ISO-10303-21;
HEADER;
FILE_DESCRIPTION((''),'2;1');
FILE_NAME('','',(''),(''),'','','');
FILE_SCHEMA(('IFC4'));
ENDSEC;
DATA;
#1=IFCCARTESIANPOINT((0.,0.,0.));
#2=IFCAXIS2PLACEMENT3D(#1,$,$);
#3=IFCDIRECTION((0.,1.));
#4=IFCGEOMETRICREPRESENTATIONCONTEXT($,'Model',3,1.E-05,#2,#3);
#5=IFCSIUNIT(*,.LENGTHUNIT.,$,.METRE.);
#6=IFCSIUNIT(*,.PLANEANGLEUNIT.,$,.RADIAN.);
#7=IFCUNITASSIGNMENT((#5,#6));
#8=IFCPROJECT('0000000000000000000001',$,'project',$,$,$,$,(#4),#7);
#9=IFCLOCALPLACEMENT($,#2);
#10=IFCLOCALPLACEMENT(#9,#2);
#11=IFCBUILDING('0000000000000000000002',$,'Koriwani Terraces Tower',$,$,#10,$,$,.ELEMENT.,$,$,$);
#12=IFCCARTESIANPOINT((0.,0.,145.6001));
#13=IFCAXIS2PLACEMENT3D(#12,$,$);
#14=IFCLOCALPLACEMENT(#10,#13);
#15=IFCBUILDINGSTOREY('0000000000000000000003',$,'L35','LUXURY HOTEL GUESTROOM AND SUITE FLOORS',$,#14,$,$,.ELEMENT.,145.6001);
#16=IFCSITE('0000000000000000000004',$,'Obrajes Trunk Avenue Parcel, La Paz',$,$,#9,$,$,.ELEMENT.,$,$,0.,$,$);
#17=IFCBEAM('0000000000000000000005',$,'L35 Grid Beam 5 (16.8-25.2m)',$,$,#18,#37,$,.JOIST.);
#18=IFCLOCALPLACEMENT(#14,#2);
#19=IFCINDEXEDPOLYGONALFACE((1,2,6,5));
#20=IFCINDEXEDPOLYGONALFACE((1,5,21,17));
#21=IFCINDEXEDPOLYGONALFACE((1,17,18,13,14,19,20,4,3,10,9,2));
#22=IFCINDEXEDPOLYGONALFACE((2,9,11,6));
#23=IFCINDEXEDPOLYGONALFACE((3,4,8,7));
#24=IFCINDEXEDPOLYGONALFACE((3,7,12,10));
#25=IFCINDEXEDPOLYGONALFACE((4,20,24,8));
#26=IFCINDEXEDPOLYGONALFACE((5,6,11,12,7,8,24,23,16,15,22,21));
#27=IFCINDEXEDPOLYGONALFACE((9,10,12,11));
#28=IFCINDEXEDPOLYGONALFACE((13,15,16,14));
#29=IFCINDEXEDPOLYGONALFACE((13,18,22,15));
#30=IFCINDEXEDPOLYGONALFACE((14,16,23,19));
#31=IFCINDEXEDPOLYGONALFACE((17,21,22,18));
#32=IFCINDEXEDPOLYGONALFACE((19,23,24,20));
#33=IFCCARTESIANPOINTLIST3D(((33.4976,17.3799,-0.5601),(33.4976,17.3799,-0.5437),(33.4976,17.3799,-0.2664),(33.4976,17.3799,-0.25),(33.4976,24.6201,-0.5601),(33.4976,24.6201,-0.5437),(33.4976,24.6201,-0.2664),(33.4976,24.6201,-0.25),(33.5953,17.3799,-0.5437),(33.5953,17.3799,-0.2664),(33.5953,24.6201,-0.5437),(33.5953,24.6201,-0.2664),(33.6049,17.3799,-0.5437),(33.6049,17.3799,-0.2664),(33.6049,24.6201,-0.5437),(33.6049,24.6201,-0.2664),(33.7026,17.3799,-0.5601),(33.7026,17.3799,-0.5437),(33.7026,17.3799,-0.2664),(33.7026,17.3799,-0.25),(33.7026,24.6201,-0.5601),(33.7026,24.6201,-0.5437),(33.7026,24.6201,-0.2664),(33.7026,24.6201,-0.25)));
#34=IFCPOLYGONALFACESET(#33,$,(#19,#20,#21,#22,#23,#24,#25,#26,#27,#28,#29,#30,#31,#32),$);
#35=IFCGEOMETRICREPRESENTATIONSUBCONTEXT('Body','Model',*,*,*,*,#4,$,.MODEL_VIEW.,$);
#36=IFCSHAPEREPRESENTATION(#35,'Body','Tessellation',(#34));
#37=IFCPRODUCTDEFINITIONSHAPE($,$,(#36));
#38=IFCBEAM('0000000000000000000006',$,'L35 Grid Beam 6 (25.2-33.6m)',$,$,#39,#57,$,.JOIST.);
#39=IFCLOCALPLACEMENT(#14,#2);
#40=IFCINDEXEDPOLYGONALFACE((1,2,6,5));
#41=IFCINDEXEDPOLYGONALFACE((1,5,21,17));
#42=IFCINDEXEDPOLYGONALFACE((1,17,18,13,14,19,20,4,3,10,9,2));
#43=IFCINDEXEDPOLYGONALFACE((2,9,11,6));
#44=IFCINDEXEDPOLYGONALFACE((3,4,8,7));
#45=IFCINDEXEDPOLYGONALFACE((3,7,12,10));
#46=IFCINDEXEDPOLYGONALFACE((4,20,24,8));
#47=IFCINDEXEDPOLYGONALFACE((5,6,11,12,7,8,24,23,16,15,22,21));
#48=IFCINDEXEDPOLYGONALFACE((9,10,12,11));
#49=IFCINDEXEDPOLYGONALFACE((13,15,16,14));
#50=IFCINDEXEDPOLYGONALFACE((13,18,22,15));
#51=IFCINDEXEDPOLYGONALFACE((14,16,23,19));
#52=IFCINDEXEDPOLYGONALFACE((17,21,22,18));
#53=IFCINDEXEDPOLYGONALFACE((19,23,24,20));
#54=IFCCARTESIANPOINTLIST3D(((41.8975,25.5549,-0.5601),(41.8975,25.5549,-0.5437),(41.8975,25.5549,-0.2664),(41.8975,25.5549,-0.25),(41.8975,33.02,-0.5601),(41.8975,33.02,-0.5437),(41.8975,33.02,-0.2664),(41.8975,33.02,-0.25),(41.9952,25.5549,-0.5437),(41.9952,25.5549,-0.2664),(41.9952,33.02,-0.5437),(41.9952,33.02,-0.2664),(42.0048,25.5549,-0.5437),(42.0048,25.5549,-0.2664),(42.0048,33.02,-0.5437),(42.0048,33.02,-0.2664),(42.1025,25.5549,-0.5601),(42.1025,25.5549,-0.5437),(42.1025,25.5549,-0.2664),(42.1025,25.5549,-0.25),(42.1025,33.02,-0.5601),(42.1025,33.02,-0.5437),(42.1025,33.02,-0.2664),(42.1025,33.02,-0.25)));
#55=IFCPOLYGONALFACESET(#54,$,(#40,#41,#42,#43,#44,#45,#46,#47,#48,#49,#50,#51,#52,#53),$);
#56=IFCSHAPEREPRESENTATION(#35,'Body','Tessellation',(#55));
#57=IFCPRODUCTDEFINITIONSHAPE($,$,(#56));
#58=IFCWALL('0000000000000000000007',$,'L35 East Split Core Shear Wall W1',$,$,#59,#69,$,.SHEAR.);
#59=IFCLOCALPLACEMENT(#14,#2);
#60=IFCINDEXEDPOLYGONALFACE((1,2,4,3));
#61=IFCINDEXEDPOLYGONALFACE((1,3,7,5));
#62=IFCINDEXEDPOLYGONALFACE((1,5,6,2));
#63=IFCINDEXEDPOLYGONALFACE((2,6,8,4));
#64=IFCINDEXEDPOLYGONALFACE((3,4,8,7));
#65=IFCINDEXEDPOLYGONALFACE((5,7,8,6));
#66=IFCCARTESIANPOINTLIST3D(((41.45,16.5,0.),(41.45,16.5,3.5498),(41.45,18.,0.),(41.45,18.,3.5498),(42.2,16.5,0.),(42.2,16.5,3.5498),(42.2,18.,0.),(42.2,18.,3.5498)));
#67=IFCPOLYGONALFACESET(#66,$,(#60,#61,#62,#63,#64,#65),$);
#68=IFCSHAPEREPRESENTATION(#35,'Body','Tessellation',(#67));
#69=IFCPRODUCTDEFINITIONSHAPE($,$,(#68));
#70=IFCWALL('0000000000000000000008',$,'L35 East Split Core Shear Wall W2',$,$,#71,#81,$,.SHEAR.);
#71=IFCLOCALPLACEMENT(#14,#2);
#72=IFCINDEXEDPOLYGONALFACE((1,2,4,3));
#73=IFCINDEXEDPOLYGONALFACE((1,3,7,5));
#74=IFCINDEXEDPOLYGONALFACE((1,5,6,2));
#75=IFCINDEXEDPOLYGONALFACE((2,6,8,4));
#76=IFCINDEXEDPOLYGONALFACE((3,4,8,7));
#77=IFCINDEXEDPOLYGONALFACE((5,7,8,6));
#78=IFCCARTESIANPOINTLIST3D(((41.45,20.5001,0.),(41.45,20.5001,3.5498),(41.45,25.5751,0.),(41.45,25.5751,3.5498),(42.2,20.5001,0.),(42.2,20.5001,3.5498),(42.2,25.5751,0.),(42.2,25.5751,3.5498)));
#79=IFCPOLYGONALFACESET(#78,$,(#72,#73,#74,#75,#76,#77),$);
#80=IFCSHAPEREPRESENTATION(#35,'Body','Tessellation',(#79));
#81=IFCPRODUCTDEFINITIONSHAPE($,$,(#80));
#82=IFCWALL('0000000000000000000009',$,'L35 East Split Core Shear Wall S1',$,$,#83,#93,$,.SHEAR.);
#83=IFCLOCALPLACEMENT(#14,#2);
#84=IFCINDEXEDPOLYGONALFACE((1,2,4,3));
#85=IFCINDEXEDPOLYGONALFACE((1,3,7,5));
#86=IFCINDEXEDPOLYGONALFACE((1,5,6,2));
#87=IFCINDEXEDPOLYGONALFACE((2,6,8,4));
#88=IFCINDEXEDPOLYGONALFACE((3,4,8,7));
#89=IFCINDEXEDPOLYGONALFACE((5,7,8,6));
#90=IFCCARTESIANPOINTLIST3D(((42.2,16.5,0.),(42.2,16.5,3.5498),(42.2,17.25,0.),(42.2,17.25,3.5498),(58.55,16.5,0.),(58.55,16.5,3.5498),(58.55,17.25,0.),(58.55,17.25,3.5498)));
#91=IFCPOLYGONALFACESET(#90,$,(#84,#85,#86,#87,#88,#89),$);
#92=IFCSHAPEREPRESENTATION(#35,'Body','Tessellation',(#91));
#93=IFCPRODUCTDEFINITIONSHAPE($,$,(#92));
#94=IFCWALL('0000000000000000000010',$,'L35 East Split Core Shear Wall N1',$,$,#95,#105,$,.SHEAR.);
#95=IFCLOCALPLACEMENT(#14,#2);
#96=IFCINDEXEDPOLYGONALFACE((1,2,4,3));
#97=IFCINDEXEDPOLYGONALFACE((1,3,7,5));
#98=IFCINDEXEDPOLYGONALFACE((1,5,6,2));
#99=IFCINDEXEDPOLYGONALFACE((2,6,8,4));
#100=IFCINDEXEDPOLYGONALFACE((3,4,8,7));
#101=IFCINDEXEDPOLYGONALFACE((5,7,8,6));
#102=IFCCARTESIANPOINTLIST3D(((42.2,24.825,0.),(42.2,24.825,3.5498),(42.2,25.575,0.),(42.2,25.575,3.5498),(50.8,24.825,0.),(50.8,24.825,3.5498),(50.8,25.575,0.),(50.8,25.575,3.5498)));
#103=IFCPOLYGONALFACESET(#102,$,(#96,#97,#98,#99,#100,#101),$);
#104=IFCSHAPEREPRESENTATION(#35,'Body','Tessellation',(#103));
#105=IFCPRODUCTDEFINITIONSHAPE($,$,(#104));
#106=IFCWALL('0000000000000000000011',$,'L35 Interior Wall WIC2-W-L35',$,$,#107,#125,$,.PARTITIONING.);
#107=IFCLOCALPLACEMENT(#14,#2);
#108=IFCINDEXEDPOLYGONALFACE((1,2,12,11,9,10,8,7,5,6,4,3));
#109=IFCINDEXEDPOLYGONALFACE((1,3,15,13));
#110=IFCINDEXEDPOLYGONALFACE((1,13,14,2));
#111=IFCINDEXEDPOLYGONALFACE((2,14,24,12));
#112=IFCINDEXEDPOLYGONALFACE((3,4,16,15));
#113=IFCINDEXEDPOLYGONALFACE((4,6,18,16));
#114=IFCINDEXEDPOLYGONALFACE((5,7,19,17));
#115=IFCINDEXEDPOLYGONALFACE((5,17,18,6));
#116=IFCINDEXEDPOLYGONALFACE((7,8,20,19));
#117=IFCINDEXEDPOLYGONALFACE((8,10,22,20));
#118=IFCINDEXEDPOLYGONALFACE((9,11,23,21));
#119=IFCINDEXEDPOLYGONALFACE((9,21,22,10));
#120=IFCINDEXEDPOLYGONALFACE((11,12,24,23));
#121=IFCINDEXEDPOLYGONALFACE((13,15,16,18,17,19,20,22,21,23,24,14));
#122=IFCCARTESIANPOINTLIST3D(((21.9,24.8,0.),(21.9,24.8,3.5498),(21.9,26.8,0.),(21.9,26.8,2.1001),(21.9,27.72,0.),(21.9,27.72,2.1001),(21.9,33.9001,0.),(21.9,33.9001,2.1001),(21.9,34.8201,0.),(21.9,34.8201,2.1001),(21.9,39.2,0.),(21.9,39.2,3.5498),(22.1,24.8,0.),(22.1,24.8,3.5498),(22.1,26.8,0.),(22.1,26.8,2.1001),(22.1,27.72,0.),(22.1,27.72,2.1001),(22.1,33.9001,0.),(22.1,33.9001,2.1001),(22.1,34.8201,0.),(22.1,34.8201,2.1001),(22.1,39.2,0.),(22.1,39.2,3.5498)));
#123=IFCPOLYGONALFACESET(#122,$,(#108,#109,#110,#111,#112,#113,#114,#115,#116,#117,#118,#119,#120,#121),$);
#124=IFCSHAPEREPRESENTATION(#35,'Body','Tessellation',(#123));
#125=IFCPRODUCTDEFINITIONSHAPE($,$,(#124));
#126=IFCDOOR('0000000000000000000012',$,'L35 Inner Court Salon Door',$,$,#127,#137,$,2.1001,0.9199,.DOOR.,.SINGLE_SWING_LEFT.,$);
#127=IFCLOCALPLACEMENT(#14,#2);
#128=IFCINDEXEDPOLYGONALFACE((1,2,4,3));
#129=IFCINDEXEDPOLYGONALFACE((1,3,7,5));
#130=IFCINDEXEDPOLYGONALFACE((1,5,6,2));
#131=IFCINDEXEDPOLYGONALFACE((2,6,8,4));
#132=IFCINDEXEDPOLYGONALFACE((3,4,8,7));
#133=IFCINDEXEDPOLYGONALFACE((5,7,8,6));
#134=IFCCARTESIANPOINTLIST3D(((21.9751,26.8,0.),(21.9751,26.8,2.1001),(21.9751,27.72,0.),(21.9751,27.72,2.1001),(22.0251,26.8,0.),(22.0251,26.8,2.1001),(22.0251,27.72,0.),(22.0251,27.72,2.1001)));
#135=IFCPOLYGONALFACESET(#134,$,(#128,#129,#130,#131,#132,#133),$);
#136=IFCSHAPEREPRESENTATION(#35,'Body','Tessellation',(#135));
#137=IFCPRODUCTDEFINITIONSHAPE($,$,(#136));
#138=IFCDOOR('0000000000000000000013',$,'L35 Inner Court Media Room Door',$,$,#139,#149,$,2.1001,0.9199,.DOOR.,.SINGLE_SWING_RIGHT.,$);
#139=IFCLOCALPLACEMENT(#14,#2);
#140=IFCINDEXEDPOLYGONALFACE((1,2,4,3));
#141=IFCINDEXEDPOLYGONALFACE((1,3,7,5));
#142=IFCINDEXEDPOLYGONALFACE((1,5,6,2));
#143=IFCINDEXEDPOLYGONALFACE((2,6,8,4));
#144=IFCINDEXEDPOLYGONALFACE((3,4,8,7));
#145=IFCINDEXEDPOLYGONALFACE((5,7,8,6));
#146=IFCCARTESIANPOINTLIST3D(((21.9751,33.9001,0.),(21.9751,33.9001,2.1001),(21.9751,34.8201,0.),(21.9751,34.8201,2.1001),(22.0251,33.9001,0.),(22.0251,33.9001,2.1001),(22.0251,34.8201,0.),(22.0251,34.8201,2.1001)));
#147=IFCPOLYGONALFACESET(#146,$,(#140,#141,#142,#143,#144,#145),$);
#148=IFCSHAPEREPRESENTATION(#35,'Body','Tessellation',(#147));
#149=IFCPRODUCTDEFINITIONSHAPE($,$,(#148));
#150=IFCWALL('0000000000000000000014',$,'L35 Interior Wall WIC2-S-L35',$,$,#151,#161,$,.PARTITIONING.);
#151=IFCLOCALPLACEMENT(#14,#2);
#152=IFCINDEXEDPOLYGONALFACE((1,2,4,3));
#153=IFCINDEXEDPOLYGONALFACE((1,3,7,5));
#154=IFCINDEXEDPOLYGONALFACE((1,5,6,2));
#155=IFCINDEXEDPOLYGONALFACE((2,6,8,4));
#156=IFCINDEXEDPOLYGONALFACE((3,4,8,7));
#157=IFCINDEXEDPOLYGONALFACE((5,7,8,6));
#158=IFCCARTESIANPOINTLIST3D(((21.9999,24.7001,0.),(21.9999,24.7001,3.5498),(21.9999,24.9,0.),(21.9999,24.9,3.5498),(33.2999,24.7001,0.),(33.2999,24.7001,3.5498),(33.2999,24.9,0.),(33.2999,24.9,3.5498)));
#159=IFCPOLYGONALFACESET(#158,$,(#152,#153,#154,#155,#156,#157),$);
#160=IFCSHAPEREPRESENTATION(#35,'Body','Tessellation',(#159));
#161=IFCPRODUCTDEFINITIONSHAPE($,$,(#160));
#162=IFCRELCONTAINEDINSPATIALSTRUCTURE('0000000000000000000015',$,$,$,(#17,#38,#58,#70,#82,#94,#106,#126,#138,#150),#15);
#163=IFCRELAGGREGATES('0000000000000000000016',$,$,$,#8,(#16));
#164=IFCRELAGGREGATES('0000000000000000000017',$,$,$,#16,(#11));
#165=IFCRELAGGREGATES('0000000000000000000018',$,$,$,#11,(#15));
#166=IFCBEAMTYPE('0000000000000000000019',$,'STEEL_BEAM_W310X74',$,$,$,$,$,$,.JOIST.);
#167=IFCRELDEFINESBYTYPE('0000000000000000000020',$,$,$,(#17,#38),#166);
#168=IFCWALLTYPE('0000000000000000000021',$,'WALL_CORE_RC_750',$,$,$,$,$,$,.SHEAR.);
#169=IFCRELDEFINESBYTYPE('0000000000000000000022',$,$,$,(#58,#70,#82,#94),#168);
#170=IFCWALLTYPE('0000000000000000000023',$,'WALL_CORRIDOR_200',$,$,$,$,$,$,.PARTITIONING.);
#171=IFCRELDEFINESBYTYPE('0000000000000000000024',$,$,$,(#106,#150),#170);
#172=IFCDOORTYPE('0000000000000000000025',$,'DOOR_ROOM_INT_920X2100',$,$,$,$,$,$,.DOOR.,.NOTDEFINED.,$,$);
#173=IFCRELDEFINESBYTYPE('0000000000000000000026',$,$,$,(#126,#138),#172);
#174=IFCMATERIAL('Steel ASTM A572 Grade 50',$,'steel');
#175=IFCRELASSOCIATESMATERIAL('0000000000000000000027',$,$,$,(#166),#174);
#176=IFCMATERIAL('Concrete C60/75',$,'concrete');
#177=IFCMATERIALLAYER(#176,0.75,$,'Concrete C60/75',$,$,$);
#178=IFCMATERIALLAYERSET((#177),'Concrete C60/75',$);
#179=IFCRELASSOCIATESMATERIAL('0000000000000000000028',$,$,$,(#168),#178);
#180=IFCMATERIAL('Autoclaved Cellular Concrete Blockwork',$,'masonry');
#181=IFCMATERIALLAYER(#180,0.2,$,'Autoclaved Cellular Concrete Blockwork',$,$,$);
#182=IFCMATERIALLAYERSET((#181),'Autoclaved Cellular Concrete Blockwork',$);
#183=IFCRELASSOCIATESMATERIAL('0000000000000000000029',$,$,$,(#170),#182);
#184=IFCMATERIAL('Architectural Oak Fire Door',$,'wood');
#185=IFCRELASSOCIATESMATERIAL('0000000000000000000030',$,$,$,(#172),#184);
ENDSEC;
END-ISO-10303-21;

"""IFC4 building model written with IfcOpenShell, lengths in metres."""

from ifc_helpers import new_model, si_unit, direction, frame, frame_2d, origin, origin_2d, place, context, subcontext, project, spatial, rectangle, i_section, extrude, material, layer, layer_set, material_profile, profile_set, type_object, element, fill, save


model = new_model("IFC4")

# Units and contexts
model_context = context("Model", 3, precision=1e-05, world=origin(), true_north=direction((0.0, 1.0)))
body_context = subcontext(model_context, "Body", "Model", "MODEL_VIEW")
ifc_project = project(units=[si_unit("LENGTHUNIT", "METRE"), si_unit("PLANEANGLEUNIT", "RADIAN")], contexts=[model_context])

# Site, building, storey
site_placement = place(None, origin())
site = spatial("IfcSite", under=ifc_project, at=site_placement, Name="Obrajes Trunk Avenue Parcel, La Paz", CompositionType="ELEMENT", RefElevation=0.0)
building_placement = place(site_placement, origin())
building = spatial("IfcBuilding", under=site, at=building_placement, Name="Koriwani Terraces Tower", CompositionType="ELEMENT")
storey_placement = place(building_placement, frame((0.0, 0.0, 145.6001)))
storey = spatial("IfcBuildingStorey", under=building, at=storey_placement, Name="L35", Description="LUXURY HOTEL GUESTROOM AND SUITE FLOORS", CompositionType="ELEMENT", Elevation=145.6001)

# Shared definitions
ifc_material_1 = material(Name="Concrete C60/75", Category="concrete")

# Beams
ifc_material_2 = material(Name="Steel ASTM A572 Grade 50", Category="steel")
ifc_material_profile_1 = material_profile(ifc_material_2, i_section(OverallWidth=0.2051, OverallDepth=0.3101, WebThickness=0.0095, FlangeThickness=0.0164, at=origin_2d()), Name="Steel ASTM A572 Grade 50", Category="LoadBearing")
ifc_profile_set_1 = profile_set([ifc_material_profile_1], Name="Steel ASTM A572 Grade 50")
beam_type_1 = type_object("IfcBeamType", Name="STEEL_BEAM_W310X74", PredefinedType="JOIST", material=ifc_profile_set_1)
beam_1_placement = place(storey_placement, frame((33.6001, 17.3799, -0.405), z_axis=(0.0, 1.0, 0.0), x_axis=(-1.0, 0.0, 0.0)))
element("IfcBeam", 1, at=beam_1_placement, inside=storey, type_object=beam_type_1, Name="L35 Grid Beam 5 (16.8-25.2m)", PredefinedType="JOIST", context=body_context, shape_type="SweptSolid", body=[
    extrude(i_section(OverallWidth=0.2051, OverallDepth=0.3101, WebThickness=0.0095, FlangeThickness=0.0164, at=origin_2d()), origin(), (0.0, 0.0, 1.0), 7.2402),
])
beam_2_placement = place(storey_placement, frame((42.0, 25.5549, -0.405), z_axis=(0.0, 1.0, 0.0), x_axis=(-1.0, 0.0, 0.0)))
element("IfcBeam", 2, at=beam_2_placement, inside=storey, type_object=beam_type_1, Name="L35 Grid Beam 6 (25.2-33.6m)", PredefinedType="JOIST", context=body_context, shape_type="SweptSolid", body=[
    extrude(i_section(OverallWidth=0.2051, OverallDepth=0.3101, WebThickness=0.0095, FlangeThickness=0.0164, at=origin_2d()), origin(), (0.0, 0.0, 1.0), 7.4651),
])

# Walls
ifc_layer_1 = layer(ifc_material_1, 0.75, Name="Concrete C60/75")
ifc_layer_set_1 = layer_set([ifc_layer_1], Name="Concrete C60/75")
wall_type_1 = type_object("IfcWallType", Name="WALL_CORE_RC_750", PredefinedType="SHEAR", material=ifc_layer_set_1)
wall_1_placement = place(storey_placement, frame((41.825, 16.5, 0.0), z_axis=(0.0, 0.0, 1.0), x_axis=(0.0, 1.0, 0.0)))
element("IfcWall", 3, at=wall_1_placement, inside=storey, type_object=wall_type_1, Name="L35 East Split Core Shear Wall W1", PredefinedType="SHEAR", context=body_context, shape_type="SweptSolid", body=[
    extrude(rectangle(XDim=1.5, YDim=0.75, at=frame_2d((0.75, 0.0))), origin(), (0.0, 0.0, 1.0), 3.5498),
])
wall_2_placement = place(storey_placement, frame((41.825, 20.5, 0.0), z_axis=(0.0, 0.0, 1.0), x_axis=(0.0, 1.0, 0.0)))
element("IfcWall", 4, at=wall_2_placement, inside=storey, type_object=wall_type_1, Name="L35 East Split Core Shear Wall W2", PredefinedType="SHEAR", context=body_context, shape_type="SweptSolid", body=[
    extrude(rectangle(XDim=5.075, YDim=0.75, at=frame_2d((2.5376, 0.0))), origin(), (0.0, 0.0, 1.0), 3.5498),
])
wall_3_placement = place(storey_placement, frame((42.2, 16.875, 0.0), z_axis=(0.0, 0.0, 1.0), x_axis=(1.0, 0.0, 0.0)))
element("IfcWall", 5, at=wall_3_placement, inside=storey, type_object=wall_type_1, Name="L35 East Split Core Shear Wall S1", PredefinedType="SHEAR", context=body_context, shape_type="SweptSolid", body=[
    extrude(rectangle(XDim=16.3501, YDim=0.75, at=frame_2d((8.175, 0.0))), origin(), (0.0, 0.0, 1.0), 3.5498),
])
wall_4_placement = place(storey_placement, frame((42.2, 25.2, 0.0), z_axis=(0.0, 0.0, 1.0), x_axis=(1.0, 0.0, 0.0)))
element("IfcWall", 6, at=wall_4_placement, inside=storey, type_object=wall_type_1, Name="L35 East Split Core Shear Wall N1", PredefinedType="SHEAR", context=body_context, shape_type="SweptSolid", body=[
    extrude(rectangle(XDim=8.6001, YDim=0.75, at=frame_2d((4.3, 0.0))), origin(), (0.0, 0.0, 1.0), 3.5498),
])

# Wall, openings, doors
ifc_material_3 = material(Name="Autoclaved Cellular Concrete Blockwork", Category="masonry")
ifc_layer_2 = layer(ifc_material_3, 0.2, Name="Autoclaved Cellular Concrete Blockwork")
ifc_layer_set_2 = layer_set([ifc_layer_2], Name="Autoclaved Cellular Concrete Blockwork")
wall_type_2 = type_object("IfcWallType", Name="WALL_CORRIDOR_200", PredefinedType="PARTITIONING", material=ifc_layer_set_2)
wall_5_placement = place(storey_placement, frame((22.0, 24.8, 0.0), z_axis=(0.0, 0.0, 1.0), x_axis=(0.0, 1.0, 0.0)))
wall_5 = element("IfcWall", 7, at=wall_5_placement, inside=storey, type_object=wall_type_2, Name="L35 Interior Wall WIC2-W-L35", PredefinedType="PARTITIONING", context=body_context, shape_type="SweptSolid", body=[
    extrude(rectangle(XDim=14.3999, YDim=0.2, at=frame_2d((7.2, 0.0))), origin(), (0.0, 0.0, 1.0), 3.5498),
])
opening_1_placement = place(wall_5_placement, frame((2.0, 0.0, 0.0)))
opening_1 = element("IfcOpeningElement", 8, at=opening_1_placement, cuts=wall_5, PredefinedType="OPENING", context=body_context, shape_type="SweptSolid", body=[
    extrude(rectangle(XDim=0.9199, YDim=2.1001, at=frame_2d((0.46, 1.05))), frame((0.0, 0.1099, 0.0), z_axis=(0.0, -1.0, 0.0), x_axis=(1.0, 0.0, 0.0)), (0.0, 0.0, 1.0), 0.22),
])
opening_2_placement = place(wall_5_placement, frame((9.1001, 0.0, 0.0)))
opening_2 = element("IfcOpeningElement", 9, at=opening_2_placement, cuts=wall_5, PredefinedType="OPENING", context=body_context, shape_type="SweptSolid", body=[
    extrude(rectangle(XDim=0.9199, YDim=2.1001, at=frame_2d((0.46, 1.05))), frame((0.0, 0.1099, 0.0), z_axis=(0.0, -1.0, 0.0), x_axis=(1.0, 0.0, 0.0)), (0.0, 0.0, 1.0), 0.22),
])
ifc_material_4 = material(Name="Architectural Oak Fire Door", Category="wood")
door_type_1 = type_object("IfcDoorType", Name="DOOR_ROOM_INT_920X2100", OperationType="NOTDEFINED", PredefinedType="DOOR", material=ifc_material_4)
door_1_placement = place(opening_1_placement, origin())
door_1 = element("IfcDoor", 10, at=door_1_placement, inside=storey, type_object=door_type_1, Name="L35 Inner Court Salon Door", OperationType="SINGLE_SWING_LEFT", OverallHeight=2.1001, OverallWidth=0.9199, PredefinedType="DOOR", context=body_context, shape_type="SweptSolid", body=[
    extrude(rectangle(XDim=0.9199, YDim=2.1001, at=frame_2d((0.46, 1.05))), frame((0.0, 0.0249, 0.0), z_axis=(0.0, -1.0, 0.0), x_axis=(1.0, 0.0, 0.0)), (0.0, 0.0, 1.0), 0.05),
])
fill(opening_1, door_1)
door_2_placement = place(opening_2_placement, origin())
door_2 = element("IfcDoor", 11, at=door_2_placement, inside=storey, type_object=door_type_1, Name="L35 Inner Court Media Room Door", OperationType="SINGLE_SWING_RIGHT", OverallHeight=2.1001, OverallWidth=0.9199, PredefinedType="DOOR", context=body_context, shape_type="SweptSolid", body=[
    extrude(rectangle(XDim=0.9199, YDim=2.1001, at=frame_2d((0.46, 1.05))), frame((0.0, 0.0249, 0.0), z_axis=(0.0, -1.0, 0.0), x_axis=(1.0, 0.0, 0.0)), (0.0, 0.0, 1.0), 0.05),
])
fill(opening_2, door_2)

# Wall
wall_6_placement = place(storey_placement, frame((22.0, 24.8, 0.0), z_axis=(0.0, 0.0, 1.0), x_axis=(1.0, 0.0, 0.0)))
element("IfcWall", 12, at=wall_6_placement, inside=storey, type_object=wall_type_2, Name="L35 Interior Wall WIC2-S-L35", PredefinedType="PARTITIONING", context=body_context, shape_type="SweptSolid", body=[
    extrude(rectangle(XDim=11.3, YDim=0.2, at=frame_2d((5.6499, 0.0))), origin(), (0.0, 0.0, 1.0), 3.5498),
])

save(model, "model.ifc")
